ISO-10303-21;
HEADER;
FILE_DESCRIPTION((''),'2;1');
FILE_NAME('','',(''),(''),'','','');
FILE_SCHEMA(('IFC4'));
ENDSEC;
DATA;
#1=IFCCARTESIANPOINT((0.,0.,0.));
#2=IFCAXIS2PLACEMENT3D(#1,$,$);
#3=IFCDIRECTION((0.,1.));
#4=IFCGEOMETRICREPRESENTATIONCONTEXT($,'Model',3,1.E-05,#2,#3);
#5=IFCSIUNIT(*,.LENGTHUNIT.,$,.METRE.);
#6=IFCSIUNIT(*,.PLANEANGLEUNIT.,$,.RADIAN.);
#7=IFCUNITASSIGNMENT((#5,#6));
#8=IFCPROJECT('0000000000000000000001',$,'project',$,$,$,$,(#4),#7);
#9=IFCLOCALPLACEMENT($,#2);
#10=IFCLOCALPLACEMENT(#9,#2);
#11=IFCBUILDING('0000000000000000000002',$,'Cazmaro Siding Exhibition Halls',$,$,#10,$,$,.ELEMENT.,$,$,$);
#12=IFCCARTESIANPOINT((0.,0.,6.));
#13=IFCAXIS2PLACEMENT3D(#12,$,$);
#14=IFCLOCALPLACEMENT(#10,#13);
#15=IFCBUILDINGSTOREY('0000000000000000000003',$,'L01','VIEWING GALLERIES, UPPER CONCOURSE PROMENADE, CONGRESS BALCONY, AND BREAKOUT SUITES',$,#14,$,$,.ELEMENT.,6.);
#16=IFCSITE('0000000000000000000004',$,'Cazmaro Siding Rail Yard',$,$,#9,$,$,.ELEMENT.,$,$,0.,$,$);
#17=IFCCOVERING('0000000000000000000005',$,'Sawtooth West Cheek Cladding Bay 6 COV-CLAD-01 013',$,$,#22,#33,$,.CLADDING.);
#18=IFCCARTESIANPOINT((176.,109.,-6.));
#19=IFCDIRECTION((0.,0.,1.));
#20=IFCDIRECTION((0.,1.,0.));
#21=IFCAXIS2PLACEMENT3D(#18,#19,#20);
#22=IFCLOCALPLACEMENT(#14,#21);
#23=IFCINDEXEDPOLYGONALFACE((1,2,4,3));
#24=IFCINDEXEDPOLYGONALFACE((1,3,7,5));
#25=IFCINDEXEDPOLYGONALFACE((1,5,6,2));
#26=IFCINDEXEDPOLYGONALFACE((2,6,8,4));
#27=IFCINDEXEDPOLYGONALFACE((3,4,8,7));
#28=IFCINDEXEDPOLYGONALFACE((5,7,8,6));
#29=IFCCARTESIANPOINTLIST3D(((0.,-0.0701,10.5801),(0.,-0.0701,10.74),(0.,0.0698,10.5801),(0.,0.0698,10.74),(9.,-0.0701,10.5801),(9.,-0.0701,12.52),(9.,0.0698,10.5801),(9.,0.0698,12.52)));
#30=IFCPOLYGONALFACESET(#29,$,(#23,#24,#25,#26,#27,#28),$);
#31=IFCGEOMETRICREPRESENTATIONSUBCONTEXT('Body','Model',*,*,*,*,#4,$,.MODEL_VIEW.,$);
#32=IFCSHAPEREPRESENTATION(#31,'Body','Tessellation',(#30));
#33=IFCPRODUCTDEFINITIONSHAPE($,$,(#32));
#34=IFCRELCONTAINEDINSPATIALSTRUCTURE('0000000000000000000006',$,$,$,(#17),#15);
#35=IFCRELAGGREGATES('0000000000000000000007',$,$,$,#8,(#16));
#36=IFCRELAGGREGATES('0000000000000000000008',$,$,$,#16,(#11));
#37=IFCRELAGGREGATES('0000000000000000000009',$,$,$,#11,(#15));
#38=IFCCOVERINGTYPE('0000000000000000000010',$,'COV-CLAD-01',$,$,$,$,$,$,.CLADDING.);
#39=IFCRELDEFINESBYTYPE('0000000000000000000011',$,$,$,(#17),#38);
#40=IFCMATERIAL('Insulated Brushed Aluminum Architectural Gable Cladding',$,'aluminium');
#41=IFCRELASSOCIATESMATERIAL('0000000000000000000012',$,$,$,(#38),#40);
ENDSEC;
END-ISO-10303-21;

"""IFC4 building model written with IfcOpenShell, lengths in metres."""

from ifc_helpers import new_model, si_unit, direction, frame, origin, place, context, subcontext, project, spatial, polyline, outline, extrude, material, type_object, element, save


model = new_model("IFC4")

# Units and contexts
model_context = context("Model", 3, precision=1e-05, world=origin(), true_north=direction((0.0, 1.0)))
body_context = subcontext(model_context, "Body", "Model", "MODEL_VIEW")
ifc_project = project(units=[si_unit("LENGTHUNIT", "METRE"), si_unit("PLANEANGLEUNIT", "RADIAN")], contexts=[model_context])

# Site, building, storey
site_placement = place(None, origin())
site = spatial("IfcSite", under=ifc_project, at=site_placement, Name="Cazmaro Siding Rail Yard", CompositionType="ELEMENT", RefElevation=0.0)
building_placement = place(site_placement, origin())
building = spatial("IfcBuilding", under=site, at=building_placement, Name="Cazmaro Siding Exhibition Halls", CompositionType="ELEMENT")
storey_placement = place(building_placement, frame((0.0, 0.0, 6.0)))
storey = spatial("IfcBuildingStorey", under=building, at=storey_placement, Name="L01", Description="VIEWING GALLERIES, UPPER CONCOURSE PROMENADE, CONGRESS BALCONY, AND BREAKOUT SUITES", CompositionType="ELEMENT", Elevation=6.0)

# Covering
ifc_material_1 = material(Name="Insulated Brushed Aluminum Architectural Gable Cladding", Category="aluminium")
covering_type = type_object("IfcCoveringType", Name="COV-CLAD-01", PredefinedType="CLADDING", material=ifc_material_1)
covering_placement = place(storey_placement, frame((176.0, 109.0, -6.0), z_axis=(0.0, 0.0, 1.0), x_axis=(0.0, 1.0, 0.0)))
element("IfcCovering", 1, at=covering_placement, inside=storey, type_object=covering_type, Name="Sawtooth West Cheek Cladding Bay 6 COV-CLAD-01 013", PredefinedType="CLADDING", context=body_context, shape_type="SweptSolid", body=[
    extrude(outline(polyline([(0.0, 10.5801), (9.0, 10.5801), (9.0, 12.52), (0.0, 10.74), (0.0, 10.5801)])), frame((0.0, 0.0698, 0.0), z_axis=(0.0, -1.0, 0.0), x_axis=(1.0, 0.0, 0.0)), (0.0, 0.0, 1.0), 0.1399),
])

save(model, "model.ifc")
